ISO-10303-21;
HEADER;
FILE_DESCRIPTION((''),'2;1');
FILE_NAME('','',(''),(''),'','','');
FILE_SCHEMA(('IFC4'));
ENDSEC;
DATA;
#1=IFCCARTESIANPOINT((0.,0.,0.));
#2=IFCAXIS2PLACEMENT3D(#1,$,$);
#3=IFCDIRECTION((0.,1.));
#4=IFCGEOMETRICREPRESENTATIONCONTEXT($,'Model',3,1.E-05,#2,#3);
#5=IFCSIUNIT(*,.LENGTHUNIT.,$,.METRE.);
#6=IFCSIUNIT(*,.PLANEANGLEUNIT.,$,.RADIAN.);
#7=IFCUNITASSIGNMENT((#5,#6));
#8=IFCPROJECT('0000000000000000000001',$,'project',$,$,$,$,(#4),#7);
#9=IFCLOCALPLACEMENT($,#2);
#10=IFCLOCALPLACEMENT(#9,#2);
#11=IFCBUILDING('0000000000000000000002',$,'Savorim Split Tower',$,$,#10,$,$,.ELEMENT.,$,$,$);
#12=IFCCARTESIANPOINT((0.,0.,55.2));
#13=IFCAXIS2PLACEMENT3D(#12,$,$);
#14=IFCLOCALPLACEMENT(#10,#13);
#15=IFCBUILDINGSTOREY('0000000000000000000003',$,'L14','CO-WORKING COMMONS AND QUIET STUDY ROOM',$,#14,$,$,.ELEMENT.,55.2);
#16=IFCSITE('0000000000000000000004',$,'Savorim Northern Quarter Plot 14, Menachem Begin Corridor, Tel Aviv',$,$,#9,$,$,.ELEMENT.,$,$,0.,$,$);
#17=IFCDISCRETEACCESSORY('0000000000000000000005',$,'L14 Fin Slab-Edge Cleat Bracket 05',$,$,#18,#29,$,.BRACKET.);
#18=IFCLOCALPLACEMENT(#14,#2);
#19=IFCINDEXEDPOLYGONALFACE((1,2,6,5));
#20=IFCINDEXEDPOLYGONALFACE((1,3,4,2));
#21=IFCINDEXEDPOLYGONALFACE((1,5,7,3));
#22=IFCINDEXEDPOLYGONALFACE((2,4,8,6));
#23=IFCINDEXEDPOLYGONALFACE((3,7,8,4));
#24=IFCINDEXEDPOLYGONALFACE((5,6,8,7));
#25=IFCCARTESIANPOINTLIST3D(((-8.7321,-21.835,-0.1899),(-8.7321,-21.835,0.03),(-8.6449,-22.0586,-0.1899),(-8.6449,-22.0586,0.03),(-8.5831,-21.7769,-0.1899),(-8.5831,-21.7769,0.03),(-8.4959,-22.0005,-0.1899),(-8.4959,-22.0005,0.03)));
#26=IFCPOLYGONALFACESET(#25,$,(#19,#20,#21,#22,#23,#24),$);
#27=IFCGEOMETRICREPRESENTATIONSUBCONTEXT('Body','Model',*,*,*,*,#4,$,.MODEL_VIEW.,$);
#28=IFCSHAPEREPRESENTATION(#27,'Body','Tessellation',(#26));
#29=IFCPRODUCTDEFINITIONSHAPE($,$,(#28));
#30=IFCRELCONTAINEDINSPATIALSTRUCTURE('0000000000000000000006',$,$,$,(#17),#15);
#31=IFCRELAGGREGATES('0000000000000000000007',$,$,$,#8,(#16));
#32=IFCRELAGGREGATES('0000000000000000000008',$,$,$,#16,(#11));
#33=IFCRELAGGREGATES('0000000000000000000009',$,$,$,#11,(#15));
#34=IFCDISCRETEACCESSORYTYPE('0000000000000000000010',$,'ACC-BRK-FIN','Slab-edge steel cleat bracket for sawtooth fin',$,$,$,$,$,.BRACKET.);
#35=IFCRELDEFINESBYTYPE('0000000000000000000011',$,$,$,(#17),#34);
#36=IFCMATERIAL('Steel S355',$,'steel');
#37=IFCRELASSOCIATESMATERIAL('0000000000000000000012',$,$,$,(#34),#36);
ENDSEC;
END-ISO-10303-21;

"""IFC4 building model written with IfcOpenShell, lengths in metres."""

from ifc_helpers import new_model, si_unit, direction, frame, origin, origin_2d, place, context, subcontext, project, spatial, rectangle, extrude, material, type_object, element, save


model = new_model("IFC4")

# Units and contexts
model_context = context("Model", 3, precision=1e-05, world=origin(), true_north=direction((0.0, 1.0)))
body_context = subcontext(model_context, "Body", "Model", "MODEL_VIEW")
ifc_project = project(units=[si_unit("LENGTHUNIT", "METRE"), si_unit("PLANEANGLEUNIT", "RADIAN")], contexts=[model_context])

# Site, building, storey
site_placement = place(None, origin())
site = spatial("IfcSite", under=ifc_project, at=site_placement, Name="Savorim Northern Quarter Plot 14, Menachem Begin Corridor, Tel Aviv", CompositionType="ELEMENT", RefElevation=0.0)
building_placement = place(site_placement, origin())
building = spatial("IfcBuilding", under=site, at=building_placement, Name="Savorim Split Tower", CompositionType="ELEMENT")
storey_placement = place(building_placement, frame((0.0, 0.0, 55.2)))
storey = spatial("IfcBuildingStorey", under=building, at=storey_placement, Name="L14", Description="CO-WORKING COMMONS AND QUIET STUDY ROOM", CompositionType="ELEMENT", Elevation=55.2)

# Shared definitions
ifc_material_1 = material(Name="Steel S355", Category="steel")

# Discrete accessory
discrete_accessory_type = type_object("IfcDiscreteAccessoryType", Name="ACC-BRK-FIN", Description="Slab-edge steel cleat bracket for sawtooth fin", PredefinedType="BRACKET", material=ifc_material_1)
for number, where, z_axis, x_axis, name in (
    (1, (-8.614, -21.9177, -0.1899), (0.0, 0.0, 1.0), (0.363415, -0.931627, 0.0), "L14 Fin Slab-Edge Cleat Bracket 05"),
):
    element("IfcDiscreteAccessory", number, at=place(storey_placement, frame(where, z_axis=z_axis, x_axis=x_axis)), inside=storey, type_object=discrete_accessory_type, Name=name, PredefinedType="BRACKET", context=body_context, shape_type="SweptSolid", body=[
        extrude(rectangle(XDim=0.24, YDim=0.1599, at=origin_2d()), origin(), (0.0, 0.0, 1.0), 0.22),
    ])

save(model, "model.ifc")
